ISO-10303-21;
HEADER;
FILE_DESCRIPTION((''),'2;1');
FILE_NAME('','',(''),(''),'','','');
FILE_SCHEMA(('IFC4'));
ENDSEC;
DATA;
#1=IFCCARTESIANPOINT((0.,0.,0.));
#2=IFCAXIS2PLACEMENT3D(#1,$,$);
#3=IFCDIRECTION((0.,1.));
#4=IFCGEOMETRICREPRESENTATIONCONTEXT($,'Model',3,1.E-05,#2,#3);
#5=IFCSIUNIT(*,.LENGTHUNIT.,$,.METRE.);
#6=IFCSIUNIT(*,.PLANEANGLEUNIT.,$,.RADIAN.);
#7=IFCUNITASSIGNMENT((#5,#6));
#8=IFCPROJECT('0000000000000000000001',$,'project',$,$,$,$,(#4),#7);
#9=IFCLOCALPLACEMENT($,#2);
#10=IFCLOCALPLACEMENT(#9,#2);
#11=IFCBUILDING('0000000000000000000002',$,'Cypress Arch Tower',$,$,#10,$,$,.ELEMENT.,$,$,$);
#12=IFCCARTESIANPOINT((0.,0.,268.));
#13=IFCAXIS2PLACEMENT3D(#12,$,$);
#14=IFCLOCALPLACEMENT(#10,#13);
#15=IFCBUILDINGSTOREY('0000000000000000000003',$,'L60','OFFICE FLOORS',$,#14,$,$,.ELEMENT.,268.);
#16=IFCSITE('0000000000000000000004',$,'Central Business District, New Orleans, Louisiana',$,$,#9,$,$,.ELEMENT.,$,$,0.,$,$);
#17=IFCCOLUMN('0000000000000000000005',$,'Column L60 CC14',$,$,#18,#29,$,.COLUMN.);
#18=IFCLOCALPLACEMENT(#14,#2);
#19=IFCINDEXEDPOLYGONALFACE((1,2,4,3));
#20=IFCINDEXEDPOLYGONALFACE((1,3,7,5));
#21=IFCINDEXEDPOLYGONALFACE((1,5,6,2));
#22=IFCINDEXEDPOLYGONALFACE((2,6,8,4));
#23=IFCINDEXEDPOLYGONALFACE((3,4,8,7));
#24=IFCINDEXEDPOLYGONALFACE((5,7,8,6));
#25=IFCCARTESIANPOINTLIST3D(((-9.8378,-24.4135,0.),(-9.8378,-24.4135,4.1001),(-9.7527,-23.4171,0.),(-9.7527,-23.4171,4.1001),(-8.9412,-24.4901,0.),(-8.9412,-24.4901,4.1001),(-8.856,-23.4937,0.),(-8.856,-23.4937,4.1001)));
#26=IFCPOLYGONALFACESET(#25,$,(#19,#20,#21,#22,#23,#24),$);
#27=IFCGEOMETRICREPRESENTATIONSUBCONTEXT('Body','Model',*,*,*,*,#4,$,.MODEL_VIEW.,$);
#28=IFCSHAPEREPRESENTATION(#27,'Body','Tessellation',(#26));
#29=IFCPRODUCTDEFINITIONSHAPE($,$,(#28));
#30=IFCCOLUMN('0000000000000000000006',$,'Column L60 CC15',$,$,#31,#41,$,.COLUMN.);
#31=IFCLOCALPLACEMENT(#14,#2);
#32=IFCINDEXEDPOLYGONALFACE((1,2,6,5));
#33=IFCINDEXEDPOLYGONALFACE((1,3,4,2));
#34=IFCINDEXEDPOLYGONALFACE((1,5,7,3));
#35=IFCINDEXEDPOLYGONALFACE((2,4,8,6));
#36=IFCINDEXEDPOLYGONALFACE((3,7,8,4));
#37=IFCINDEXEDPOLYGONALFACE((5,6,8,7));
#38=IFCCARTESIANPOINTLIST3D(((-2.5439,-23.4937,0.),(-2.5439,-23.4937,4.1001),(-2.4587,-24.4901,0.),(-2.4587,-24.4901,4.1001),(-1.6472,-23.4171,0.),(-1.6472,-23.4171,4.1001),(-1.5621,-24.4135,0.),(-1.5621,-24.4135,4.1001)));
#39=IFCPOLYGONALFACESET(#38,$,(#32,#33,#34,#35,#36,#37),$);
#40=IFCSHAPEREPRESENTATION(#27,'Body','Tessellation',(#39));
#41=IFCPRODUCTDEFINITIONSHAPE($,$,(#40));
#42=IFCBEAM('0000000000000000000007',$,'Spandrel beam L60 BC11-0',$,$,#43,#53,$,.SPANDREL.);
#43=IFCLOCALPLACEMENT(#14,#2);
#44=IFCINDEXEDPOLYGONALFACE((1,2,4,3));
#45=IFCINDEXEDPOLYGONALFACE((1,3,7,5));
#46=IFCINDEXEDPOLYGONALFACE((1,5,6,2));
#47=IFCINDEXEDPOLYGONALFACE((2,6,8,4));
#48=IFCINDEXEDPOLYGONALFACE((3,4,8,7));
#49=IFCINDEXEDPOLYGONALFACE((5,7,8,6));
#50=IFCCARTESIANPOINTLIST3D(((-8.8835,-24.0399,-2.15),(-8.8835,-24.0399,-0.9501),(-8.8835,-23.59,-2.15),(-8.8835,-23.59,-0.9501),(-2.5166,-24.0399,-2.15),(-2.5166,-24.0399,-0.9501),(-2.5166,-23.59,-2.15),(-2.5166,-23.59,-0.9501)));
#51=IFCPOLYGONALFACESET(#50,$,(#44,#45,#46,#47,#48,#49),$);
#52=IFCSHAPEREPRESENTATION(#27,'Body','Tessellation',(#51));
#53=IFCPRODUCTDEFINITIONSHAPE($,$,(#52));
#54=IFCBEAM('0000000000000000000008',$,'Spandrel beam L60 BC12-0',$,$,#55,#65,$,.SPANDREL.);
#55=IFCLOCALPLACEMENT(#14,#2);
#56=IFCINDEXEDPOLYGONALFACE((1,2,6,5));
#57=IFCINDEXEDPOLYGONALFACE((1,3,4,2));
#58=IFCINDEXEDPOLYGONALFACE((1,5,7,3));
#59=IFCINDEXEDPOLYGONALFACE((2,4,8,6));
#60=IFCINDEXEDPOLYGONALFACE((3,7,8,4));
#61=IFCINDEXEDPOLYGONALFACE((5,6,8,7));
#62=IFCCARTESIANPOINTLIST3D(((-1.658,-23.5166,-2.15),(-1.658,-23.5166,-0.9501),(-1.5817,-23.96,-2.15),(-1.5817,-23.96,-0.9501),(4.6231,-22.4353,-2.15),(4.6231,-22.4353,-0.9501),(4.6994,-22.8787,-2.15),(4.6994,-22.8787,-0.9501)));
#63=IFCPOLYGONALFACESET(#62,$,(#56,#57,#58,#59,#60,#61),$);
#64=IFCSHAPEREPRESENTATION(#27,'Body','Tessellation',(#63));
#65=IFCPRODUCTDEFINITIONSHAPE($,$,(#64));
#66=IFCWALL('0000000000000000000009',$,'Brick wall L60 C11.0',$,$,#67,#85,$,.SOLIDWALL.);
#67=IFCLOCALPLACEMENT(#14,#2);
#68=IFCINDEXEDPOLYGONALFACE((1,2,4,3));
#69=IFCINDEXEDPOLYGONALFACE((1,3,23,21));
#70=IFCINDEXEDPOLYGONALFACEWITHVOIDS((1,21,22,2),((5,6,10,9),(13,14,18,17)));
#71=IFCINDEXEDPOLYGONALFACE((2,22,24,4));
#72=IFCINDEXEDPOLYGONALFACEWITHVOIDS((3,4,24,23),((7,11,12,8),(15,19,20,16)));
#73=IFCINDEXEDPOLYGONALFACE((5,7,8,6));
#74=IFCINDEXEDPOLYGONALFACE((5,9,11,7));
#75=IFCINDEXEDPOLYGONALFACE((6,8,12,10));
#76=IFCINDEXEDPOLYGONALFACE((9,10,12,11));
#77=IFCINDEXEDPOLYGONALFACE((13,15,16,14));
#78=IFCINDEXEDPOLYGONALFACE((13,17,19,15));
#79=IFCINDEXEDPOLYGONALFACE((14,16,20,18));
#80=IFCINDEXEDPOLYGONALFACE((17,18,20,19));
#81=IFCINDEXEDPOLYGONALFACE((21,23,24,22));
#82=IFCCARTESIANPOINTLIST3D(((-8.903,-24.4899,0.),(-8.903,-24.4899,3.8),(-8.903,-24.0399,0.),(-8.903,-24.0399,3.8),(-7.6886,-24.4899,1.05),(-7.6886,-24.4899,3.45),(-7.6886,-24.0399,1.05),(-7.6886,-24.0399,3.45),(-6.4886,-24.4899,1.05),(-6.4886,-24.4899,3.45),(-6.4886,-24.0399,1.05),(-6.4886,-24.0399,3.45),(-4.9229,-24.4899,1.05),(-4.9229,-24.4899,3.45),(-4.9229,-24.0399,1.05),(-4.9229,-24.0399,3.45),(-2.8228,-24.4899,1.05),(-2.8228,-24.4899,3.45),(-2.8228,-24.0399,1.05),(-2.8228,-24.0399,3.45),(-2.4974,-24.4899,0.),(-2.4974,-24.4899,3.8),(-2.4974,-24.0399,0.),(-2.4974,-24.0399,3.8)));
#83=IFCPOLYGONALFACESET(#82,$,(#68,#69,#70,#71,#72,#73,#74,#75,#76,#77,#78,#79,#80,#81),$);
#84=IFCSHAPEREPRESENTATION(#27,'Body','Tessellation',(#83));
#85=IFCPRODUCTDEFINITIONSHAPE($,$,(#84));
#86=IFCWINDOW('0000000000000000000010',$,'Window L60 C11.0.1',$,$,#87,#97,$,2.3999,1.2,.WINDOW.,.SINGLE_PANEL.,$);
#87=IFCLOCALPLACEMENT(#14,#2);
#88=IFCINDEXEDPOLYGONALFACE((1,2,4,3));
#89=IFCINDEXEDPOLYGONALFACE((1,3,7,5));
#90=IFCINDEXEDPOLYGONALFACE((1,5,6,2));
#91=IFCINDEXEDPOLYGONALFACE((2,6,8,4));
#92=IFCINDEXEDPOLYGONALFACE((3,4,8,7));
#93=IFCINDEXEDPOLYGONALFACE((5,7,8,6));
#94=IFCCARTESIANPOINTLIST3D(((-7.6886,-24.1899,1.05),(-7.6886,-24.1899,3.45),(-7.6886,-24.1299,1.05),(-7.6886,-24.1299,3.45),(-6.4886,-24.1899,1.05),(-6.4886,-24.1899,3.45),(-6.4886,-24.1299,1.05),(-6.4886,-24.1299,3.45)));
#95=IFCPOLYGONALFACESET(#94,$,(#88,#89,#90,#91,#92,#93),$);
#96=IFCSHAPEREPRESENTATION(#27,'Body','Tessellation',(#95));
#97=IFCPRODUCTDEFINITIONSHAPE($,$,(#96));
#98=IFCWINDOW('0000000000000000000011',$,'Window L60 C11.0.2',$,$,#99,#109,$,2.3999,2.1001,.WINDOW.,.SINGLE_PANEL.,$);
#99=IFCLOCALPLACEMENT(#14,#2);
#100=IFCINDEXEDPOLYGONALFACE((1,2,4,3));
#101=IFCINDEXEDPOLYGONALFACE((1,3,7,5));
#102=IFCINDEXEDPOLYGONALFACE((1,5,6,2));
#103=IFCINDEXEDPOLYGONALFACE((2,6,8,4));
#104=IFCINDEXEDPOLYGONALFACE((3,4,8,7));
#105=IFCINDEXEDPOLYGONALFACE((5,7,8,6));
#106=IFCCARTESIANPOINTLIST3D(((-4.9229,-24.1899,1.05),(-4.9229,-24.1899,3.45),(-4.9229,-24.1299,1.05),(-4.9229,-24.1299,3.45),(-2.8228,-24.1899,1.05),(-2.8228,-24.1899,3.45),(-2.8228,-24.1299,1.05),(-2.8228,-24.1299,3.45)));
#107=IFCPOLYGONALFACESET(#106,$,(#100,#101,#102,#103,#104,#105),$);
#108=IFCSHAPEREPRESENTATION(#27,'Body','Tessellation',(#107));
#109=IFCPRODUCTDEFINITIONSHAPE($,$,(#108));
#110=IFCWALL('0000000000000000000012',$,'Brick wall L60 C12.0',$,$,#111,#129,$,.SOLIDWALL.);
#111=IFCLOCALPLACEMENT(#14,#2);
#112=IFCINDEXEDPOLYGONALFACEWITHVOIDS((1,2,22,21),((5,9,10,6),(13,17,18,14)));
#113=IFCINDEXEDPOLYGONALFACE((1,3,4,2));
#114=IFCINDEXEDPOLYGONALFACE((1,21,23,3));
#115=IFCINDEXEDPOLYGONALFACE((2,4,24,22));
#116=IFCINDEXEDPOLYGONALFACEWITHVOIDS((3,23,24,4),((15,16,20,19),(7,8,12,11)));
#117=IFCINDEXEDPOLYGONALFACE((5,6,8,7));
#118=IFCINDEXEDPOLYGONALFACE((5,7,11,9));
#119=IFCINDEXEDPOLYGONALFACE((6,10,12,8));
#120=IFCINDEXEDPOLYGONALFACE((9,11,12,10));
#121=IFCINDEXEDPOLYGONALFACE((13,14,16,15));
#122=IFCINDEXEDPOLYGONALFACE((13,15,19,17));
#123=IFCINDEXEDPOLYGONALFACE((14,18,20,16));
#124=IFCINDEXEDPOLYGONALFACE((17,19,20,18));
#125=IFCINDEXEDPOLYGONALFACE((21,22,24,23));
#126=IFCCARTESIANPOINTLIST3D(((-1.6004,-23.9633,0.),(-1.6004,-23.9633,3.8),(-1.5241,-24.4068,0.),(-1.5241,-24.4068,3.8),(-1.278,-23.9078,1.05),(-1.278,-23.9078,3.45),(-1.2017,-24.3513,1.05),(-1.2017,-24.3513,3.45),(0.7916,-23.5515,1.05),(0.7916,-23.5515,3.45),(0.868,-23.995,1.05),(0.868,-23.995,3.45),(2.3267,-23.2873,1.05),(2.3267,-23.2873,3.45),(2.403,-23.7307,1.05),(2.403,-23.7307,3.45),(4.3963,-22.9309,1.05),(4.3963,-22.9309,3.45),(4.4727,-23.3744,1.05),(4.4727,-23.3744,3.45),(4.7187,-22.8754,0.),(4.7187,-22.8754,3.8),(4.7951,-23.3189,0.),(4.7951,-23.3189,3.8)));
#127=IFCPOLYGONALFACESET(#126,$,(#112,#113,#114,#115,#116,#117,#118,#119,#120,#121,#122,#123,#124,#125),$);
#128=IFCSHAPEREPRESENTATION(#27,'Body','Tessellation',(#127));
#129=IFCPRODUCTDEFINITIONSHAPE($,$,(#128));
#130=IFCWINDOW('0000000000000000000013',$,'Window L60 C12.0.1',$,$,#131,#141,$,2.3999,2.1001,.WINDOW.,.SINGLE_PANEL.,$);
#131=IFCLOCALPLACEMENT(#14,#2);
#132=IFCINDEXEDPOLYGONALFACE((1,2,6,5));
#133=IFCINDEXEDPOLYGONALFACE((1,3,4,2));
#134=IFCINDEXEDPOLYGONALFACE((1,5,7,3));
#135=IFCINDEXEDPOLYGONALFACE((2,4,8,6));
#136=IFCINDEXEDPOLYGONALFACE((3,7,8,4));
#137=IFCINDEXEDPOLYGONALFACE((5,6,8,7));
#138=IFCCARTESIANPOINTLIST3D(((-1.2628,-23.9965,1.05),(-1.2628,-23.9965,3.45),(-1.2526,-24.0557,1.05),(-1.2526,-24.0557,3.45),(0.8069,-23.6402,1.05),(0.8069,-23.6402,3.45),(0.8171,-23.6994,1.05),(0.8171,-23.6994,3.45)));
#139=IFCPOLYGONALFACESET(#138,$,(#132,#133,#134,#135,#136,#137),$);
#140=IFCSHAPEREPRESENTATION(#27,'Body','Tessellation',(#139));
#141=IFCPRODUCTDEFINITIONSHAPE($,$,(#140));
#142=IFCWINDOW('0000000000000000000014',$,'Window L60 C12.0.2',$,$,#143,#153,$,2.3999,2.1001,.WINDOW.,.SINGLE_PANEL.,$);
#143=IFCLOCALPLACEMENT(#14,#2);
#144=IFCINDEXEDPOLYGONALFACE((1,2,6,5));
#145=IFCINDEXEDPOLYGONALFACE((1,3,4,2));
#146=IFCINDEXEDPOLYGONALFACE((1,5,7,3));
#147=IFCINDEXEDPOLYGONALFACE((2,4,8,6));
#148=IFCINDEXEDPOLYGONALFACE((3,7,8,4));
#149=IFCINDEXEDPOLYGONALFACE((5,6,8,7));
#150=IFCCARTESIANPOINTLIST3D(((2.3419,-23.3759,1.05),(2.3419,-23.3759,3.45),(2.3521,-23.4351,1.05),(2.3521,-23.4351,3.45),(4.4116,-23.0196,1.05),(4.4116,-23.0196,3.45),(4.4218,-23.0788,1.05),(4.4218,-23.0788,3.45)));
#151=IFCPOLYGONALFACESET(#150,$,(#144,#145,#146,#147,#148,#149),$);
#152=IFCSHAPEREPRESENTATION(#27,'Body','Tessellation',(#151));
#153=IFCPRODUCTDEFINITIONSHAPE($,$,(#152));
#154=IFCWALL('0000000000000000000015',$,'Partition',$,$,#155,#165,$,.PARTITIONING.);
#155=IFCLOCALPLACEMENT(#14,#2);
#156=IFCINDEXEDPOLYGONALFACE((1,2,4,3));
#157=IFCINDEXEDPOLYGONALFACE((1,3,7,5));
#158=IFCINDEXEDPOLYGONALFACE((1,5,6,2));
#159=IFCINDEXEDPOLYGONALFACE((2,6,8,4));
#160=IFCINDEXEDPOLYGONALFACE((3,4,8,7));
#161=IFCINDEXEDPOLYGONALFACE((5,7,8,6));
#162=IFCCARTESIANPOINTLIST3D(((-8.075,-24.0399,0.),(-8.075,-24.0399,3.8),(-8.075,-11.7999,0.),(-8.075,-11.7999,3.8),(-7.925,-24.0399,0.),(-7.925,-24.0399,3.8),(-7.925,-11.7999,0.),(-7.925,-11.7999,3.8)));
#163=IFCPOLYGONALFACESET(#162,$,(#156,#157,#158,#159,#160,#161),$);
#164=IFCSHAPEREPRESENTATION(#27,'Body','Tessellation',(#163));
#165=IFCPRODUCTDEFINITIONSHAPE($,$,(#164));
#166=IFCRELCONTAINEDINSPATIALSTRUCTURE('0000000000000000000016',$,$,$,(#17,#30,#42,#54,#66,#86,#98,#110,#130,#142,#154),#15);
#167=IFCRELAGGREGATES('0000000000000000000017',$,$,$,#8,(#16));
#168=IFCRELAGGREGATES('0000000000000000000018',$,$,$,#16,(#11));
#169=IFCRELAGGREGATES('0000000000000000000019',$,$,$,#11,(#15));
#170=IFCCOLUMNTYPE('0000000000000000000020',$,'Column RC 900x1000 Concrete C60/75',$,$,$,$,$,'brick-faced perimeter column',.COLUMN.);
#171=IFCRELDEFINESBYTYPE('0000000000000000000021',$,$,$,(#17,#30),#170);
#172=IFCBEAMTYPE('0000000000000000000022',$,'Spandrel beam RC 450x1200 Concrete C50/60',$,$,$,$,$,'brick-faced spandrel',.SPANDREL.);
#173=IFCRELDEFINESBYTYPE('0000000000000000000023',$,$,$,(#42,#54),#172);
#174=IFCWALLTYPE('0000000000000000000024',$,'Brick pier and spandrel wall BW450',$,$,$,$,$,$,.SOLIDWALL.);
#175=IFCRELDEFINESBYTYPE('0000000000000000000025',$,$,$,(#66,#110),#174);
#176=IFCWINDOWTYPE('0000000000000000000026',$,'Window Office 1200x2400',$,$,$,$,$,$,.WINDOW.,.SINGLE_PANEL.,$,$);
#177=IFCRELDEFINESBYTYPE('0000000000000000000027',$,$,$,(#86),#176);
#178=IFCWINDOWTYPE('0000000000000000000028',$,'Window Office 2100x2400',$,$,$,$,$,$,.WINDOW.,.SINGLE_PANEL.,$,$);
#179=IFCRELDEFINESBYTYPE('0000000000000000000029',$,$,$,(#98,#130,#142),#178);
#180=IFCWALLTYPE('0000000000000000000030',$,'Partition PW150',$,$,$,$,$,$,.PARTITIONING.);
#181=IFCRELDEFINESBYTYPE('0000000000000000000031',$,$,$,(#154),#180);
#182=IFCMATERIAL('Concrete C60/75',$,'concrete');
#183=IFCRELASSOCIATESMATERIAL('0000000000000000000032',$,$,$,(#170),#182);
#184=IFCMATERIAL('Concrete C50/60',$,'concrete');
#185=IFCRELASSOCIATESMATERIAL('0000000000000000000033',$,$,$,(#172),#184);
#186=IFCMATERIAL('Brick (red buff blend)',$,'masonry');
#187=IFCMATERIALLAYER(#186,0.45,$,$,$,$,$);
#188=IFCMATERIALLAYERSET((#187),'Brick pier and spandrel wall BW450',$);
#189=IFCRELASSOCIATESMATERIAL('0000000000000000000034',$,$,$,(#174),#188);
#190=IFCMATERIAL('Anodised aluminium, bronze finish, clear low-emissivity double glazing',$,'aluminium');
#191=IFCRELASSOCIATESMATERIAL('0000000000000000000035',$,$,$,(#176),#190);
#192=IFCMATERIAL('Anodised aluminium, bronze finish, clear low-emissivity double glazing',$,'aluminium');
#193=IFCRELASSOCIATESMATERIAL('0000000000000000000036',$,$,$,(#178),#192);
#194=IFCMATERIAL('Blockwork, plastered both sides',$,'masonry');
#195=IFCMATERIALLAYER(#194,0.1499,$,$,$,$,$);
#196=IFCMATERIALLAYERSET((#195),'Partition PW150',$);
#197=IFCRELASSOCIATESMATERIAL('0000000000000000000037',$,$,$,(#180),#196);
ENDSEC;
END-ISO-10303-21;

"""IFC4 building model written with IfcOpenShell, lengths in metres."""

from ifc_helpers import new_model, si_unit, direction, frame, frame_2d, origin, origin_2d, place, context, subcontext, project, spatial, rectangle, extrude, material, layer, layer_set, material_profile, profile_set, type_object, element, fill, save


model = new_model("IFC4")

# Units and contexts
model_context = context("Model", 3, precision=1e-05, world=origin(), true_north=direction((0.0, 1.0)))
body_context = subcontext(model_context, "Body", "Model", "MODEL_VIEW")
ifc_project = project(units=[si_unit("LENGTHUNIT", "METRE"), si_unit("PLANEANGLEUNIT", "RADIAN")], contexts=[model_context])

# Site, building, storey
site_placement = place(None, origin())
site = spatial("IfcSite", under=ifc_project, at=site_placement, Name="Central Business District, New Orleans, Louisiana", CompositionType="ELEMENT", RefElevation=0.0)
building_placement = place(site_placement, origin())
building = spatial("IfcBuilding", under=site, at=building_placement, Name="Cypress Arch Tower", CompositionType="ELEMENT")
storey_placement = place(building_placement, frame((0.0, 0.0, 268.0)))
storey = spatial("IfcBuildingStorey", under=building, at=storey_placement, Name="L60", Description="OFFICE FLOORS", CompositionType="ELEMENT", Elevation=268.0)

# Columns
ifc_material_1 = material(Name="Concrete C60/75", Category="concrete")
ifc_material_profile_1 = material_profile(ifc_material_1, rectangle(XDim=0.8999, YDim=1.0, at=origin_2d()), Name="RC 900x1000")
ifc_profile_set_1 = profile_set([ifc_material_profile_1], Name="Concrete C60/75")
column_type = type_object("IfcColumnType", Name="Column RC 900x1000 Concrete C60/75", ElementType="brick-faced perimeter column", PredefinedType="COLUMN", material=ifc_profile_set_1)
for number, where, z_axis, x_axis, name in (
    (1, (-9.3469, -23.9536, 0.0), (0.0, 0.0, 1.0), (0.996368, -0.085149, 0.0), "Column L60 CC14"),
    (2, (-2.053, -23.9536, 0.0), (0.0, 0.0, 1.0), (0.996368, 0.085149, 0.0), "Column L60 CC15"),
):
    element("IfcColumn", number, at=place(storey_placement, frame(where, z_axis=z_axis, x_axis=x_axis)), inside=storey, type_object=column_type, Name=name, PredefinedType="COLUMN", context=body_context, shape_type="SweptSolid", body=[
        extrude(rectangle(XDim=0.8999, YDim=1.0, at=origin_2d()), origin(), (0.0, 0.0, 1.0), 4.1001),
    ])

# Beams
ifc_material_2 = material(Name="Concrete C50/60", Category="concrete")
ifc_material_profile_2 = material_profile(ifc_material_2, rectangle(XDim=0.45, YDim=1.2, at=origin_2d()), Name="RC 450x1200")
ifc_profile_set_2 = profile_set([ifc_material_profile_2], Name="Concrete C50/60")
beam_type = type_object("IfcBeamType", Name="Spandrel beam RC 450x1200 Concrete C50/60", ElementType="brick-faced spandrel", PredefinedType="SPANDREL", material=ifc_profile_set_2)
beam_1_placement = place(storey_placement, frame((-8.8835, -23.8149, -1.55), z_axis=(1.0, 0.0, 0.0), x_axis=(0.0, 1.0, 0.0)))
element("IfcBeam", 3, at=beam_1_placement, inside=storey, type_object=beam_type, Name="Spandrel beam L60 BC11-0", PredefinedType="SPANDREL", context=body_context, shape_type="SweptSolid", body=[
    extrude(rectangle(XDim=0.45, YDim=1.2, at=origin_2d()), origin(), (0.0, 0.0, 1.0), 6.3669),
])
beam_2_placement = place(storey_placement, frame((-1.6199, -23.7383, -1.55), z_axis=(0.985504, 0.169652, 0.0), x_axis=(-0.169652, 0.985504, 0.0)))
element("IfcBeam", 4, at=beam_2_placement, inside=storey, type_object=beam_type, Name="Spandrel beam L60 BC12-0", PredefinedType="SPANDREL", context=body_context, shape_type="SweptSolid", body=[
    extrude(rectangle(XDim=0.45, YDim=1.2, at=origin_2d()), origin(), (0.0, 0.0, 1.0), 6.3735),
])

# Walls, openings, windows
ifc_material_3 = material(Name="Brick (red buff blend)", Category="masonry")
ifc_layer_1 = layer(ifc_material_3, 0.45)
ifc_layer_set_1 = layer_set([ifc_layer_1], Name="Brick pier and spandrel wall BW450")
wall_type_1 = type_object("IfcWallType", Name="Brick pier and spandrel wall BW450", PredefinedType="SOLIDWALL", material=ifc_layer_set_1)
wall_1_placement = place(storey_placement, frame((-8.9028, -24.2649, 0.0), z_axis=(0.0, 0.0, 1.0), x_axis=(1.0, 0.0, 0.0)))
wall_1 = element("IfcWall", 5, at=wall_1_placement, inside=storey, type_object=wall_type_1, Name="Brick wall L60 C11.0", PredefinedType="SOLIDWALL", context=body_context, shape_type="SweptSolid", body=[
    extrude(rectangle(XDim=6.4055, YDim=0.45, at=frame_2d((3.2026, 0.0))), origin(), (0.0, 0.0, 1.0), 3.8),
])
opening_1_placement = place(wall_1_placement, frame((3.98, 0.0, 1.05)))
opening_1 = element("IfcOpeningElement", 6, at=opening_1_placement, cuts=wall_1, PredefinedType="OPENING", context=body_context, shape_type="SweptSolid", body=[
    extrude(rectangle(XDim=2.1001, YDim=2.3999, at=frame_2d((1.05, 1.2))), frame((0.0, 0.2349, 0.0), z_axis=(0.0, -1.0, 0.0), x_axis=(1.0, 0.0, 0.0)), (0.0, 0.0, 1.0), 0.47),
])
opening_2_placement = place(wall_1_placement, frame((1.2141, 0.0, 1.05)))
opening_2 = element("IfcOpeningElement", 7, at=opening_2_placement, cuts=wall_1, PredefinedType="OPENING", context=body_context, shape_type="SweptSolid", body=[
    extrude(rectangle(XDim=1.2, YDim=2.3999, at=frame_2d((0.6001, 1.2))), frame((0.0, 0.2349, 0.0), z_axis=(0.0, -1.0, 0.0), x_axis=(1.0, 0.0, 0.0)), (0.0, 0.0, 1.0), 0.47),
])
ifc_material_4 = material(Name="Anodised aluminium, bronze finish, clear low-emissivity double glazing", Category="aluminium")
window_type_1 = type_object("IfcWindowType", Name="Window Office 1200x2400", PartitioningType="SINGLE_PANEL", PredefinedType="WINDOW", material=ifc_material_4)
window_1_placement = place(opening_2_placement, origin())
window_1 = element("IfcWindow", 8, at=window_1_placement, inside=storey, type_object=window_type_1, Name="Window L60 C11.0.1", OverallHeight=2.3999, OverallWidth=1.2, PartitioningType="SINGLE_PANEL", PredefinedType="WINDOW", context=body_context, shape_type="SweptSolid", body=[
    extrude(rectangle(XDim=1.2, YDim=2.3999, at=frame_2d((0.6001, 1.2))), frame((0.0, 0.135, 0.0), z_axis=(0.0, -1.0, 0.0), x_axis=(1.0, 0.0, 0.0)), (0.0, 0.0, 1.0), 0.0601),
])
fill(opening_2, window_1)
ifc_material_5 = material(Name="Anodised aluminium, bronze finish, clear low-emissivity double glazing", Category="aluminium")
window_type_2 = type_object("IfcWindowType", Name="Window Office 2100x2400", PartitioningType="SINGLE_PANEL", PredefinedType="WINDOW", material=ifc_material_5)
window_2_placement = place(opening_1_placement, origin())
window_2 = element("IfcWindow", 9, at=window_2_placement, inside=storey, type_object=window_type_2, Name="Window L60 C11.0.2", OverallHeight=2.3999, OverallWidth=2.1001, PartitioningType="SINGLE_PANEL", PredefinedType="WINDOW", context=body_context, shape_type="SweptSolid", body=[
    extrude(rectangle(XDim=2.1001, YDim=2.3999, at=frame_2d((1.05, 1.2))), frame((0.0, 0.135, 0.0), z_axis=(0.0, -1.0, 0.0), x_axis=(1.0, 0.0, 0.0)), (0.0, 0.0, 1.0), 0.0601),
])
fill(opening_1, window_2)
wall_2_placement = place(storey_placement, frame((-1.5623, -24.1851, 0.0), z_axis=(0.0, 0.0, 1.0), x_axis=(0.985502, 0.169663, 0.0)))
wall_2 = element("IfcWall", 10, at=wall_2_placement, inside=storey, type_object=wall_type_1, Name="Brick wall L60 C12.0", PredefinedType="SOLIDWALL", context=body_context, shape_type="SweptSolid", body=[
    extrude(rectangle(XDim=6.4121, YDim=0.45, at=frame_2d((3.2061, 0.0))), origin(), (0.0, 0.0, 1.0), 3.8),
])
opening_3_placement = place(wall_2_placement, frame((0.3271, 0.0, 1.05)))
opening_3 = element("IfcOpeningElement", 11, at=opening_3_placement, cuts=wall_2, PredefinedType="OPENING", context=body_context, shape_type="SweptSolid", body=[
    extrude(rectangle(XDim=2.1001, YDim=2.3999, at=frame_2d((1.05, 1.2))), frame((0.0, 0.2349, 0.0), z_axis=(0.0, -1.0, 0.0), x_axis=(1.0, 0.0, 0.0)), (0.0, 0.0, 1.0), 0.47),
])
opening_4_placement = place(wall_2_placement, frame((3.9849, 0.0, 1.05)))
opening_4 = element("IfcOpeningElement", 12, at=opening_4_placement, cuts=wall_2, PredefinedType="OPENING", context=body_context, shape_type="SweptSolid", body=[
    extrude(rectangle(XDim=2.1001, YDim=2.3999, at=frame_2d((1.05, 1.2))), frame((0.0, 0.2349, 0.0), z_axis=(0.0, -1.0, 0.0), x_axis=(1.0, 0.0, 0.0)), (0.0, 0.0, 1.0), 0.47),
])
window_3_placement = place(opening_3_placement, origin())
window_3 = element("IfcWindow", 13, at=window_3_placement, inside=storey, type_object=window_type_2, Name="Window L60 C12.0.1", OverallHeight=2.3999, OverallWidth=2.1001, PartitioningType="SINGLE_PANEL", PredefinedType="WINDOW", context=body_context, shape_type="SweptSolid", body=[
    extrude(rectangle(XDim=2.1001, YDim=2.3999, at=frame_2d((1.05, 1.2))), frame((0.0, 0.135, 0.0), z_axis=(0.0, -1.0, 0.0), x_axis=(1.0, 0.0, 0.0)), (0.0, 0.0, 1.0), 0.0601),
])
fill(opening_3, window_3)
window_4_placement = place(opening_4_placement, origin())
window_4 = element("IfcWindow", 14, at=window_4_placement, inside=storey, type_object=window_type_2, Name="Window L60 C12.0.2", OverallHeight=2.3999, OverallWidth=2.1001, PartitioningType="SINGLE_PANEL", PredefinedType="WINDOW", context=body_context, shape_type="SweptSolid", body=[
    extrude(rectangle(XDim=2.1001, YDim=2.3999, at=frame_2d((1.05, 1.2))), frame((0.0, 0.135, 0.0), z_axis=(0.0, -1.0, 0.0), x_axis=(1.0, 0.0, 0.0)), (0.0, 0.0, 1.0), 0.0601),
])
fill(opening_4, window_4)

# Wall
ifc_material_6 = material(Name="Blockwork, plastered both sides", Category="masonry")
ifc_layer_2 = layer(ifc_material_6, 0.1499)
ifc_layer_set_2 = layer_set([ifc_layer_2], Name="Partition PW150")
wall_type_2 = type_object("IfcWallType", Name="Partition PW150", PredefinedType="PARTITIONING", material=ifc_layer_set_2)
for number, where, z_axis, x_axis, name in (
    (15, (-8.0, -24.04, 0.0), (0.0, 0.0, 1.0), (0.0, 1.0, 0.0), "Partition"),
):
    element("IfcWall", number, at=place(storey_placement, frame(where, z_axis=z_axis, x_axis=x_axis)), inside=storey, type_object=wall_type_2, Name=name, PredefinedType="PARTITIONING", context=body_context, shape_type="SweptSolid", body=[
        extrude(rectangle(XDim=12.24, YDim=0.1499, at=frame_2d((6.1201, 0.0))), origin(), (0.0, 0.0, 1.0), 3.8),
    ])

save(model, "model.ifc")
